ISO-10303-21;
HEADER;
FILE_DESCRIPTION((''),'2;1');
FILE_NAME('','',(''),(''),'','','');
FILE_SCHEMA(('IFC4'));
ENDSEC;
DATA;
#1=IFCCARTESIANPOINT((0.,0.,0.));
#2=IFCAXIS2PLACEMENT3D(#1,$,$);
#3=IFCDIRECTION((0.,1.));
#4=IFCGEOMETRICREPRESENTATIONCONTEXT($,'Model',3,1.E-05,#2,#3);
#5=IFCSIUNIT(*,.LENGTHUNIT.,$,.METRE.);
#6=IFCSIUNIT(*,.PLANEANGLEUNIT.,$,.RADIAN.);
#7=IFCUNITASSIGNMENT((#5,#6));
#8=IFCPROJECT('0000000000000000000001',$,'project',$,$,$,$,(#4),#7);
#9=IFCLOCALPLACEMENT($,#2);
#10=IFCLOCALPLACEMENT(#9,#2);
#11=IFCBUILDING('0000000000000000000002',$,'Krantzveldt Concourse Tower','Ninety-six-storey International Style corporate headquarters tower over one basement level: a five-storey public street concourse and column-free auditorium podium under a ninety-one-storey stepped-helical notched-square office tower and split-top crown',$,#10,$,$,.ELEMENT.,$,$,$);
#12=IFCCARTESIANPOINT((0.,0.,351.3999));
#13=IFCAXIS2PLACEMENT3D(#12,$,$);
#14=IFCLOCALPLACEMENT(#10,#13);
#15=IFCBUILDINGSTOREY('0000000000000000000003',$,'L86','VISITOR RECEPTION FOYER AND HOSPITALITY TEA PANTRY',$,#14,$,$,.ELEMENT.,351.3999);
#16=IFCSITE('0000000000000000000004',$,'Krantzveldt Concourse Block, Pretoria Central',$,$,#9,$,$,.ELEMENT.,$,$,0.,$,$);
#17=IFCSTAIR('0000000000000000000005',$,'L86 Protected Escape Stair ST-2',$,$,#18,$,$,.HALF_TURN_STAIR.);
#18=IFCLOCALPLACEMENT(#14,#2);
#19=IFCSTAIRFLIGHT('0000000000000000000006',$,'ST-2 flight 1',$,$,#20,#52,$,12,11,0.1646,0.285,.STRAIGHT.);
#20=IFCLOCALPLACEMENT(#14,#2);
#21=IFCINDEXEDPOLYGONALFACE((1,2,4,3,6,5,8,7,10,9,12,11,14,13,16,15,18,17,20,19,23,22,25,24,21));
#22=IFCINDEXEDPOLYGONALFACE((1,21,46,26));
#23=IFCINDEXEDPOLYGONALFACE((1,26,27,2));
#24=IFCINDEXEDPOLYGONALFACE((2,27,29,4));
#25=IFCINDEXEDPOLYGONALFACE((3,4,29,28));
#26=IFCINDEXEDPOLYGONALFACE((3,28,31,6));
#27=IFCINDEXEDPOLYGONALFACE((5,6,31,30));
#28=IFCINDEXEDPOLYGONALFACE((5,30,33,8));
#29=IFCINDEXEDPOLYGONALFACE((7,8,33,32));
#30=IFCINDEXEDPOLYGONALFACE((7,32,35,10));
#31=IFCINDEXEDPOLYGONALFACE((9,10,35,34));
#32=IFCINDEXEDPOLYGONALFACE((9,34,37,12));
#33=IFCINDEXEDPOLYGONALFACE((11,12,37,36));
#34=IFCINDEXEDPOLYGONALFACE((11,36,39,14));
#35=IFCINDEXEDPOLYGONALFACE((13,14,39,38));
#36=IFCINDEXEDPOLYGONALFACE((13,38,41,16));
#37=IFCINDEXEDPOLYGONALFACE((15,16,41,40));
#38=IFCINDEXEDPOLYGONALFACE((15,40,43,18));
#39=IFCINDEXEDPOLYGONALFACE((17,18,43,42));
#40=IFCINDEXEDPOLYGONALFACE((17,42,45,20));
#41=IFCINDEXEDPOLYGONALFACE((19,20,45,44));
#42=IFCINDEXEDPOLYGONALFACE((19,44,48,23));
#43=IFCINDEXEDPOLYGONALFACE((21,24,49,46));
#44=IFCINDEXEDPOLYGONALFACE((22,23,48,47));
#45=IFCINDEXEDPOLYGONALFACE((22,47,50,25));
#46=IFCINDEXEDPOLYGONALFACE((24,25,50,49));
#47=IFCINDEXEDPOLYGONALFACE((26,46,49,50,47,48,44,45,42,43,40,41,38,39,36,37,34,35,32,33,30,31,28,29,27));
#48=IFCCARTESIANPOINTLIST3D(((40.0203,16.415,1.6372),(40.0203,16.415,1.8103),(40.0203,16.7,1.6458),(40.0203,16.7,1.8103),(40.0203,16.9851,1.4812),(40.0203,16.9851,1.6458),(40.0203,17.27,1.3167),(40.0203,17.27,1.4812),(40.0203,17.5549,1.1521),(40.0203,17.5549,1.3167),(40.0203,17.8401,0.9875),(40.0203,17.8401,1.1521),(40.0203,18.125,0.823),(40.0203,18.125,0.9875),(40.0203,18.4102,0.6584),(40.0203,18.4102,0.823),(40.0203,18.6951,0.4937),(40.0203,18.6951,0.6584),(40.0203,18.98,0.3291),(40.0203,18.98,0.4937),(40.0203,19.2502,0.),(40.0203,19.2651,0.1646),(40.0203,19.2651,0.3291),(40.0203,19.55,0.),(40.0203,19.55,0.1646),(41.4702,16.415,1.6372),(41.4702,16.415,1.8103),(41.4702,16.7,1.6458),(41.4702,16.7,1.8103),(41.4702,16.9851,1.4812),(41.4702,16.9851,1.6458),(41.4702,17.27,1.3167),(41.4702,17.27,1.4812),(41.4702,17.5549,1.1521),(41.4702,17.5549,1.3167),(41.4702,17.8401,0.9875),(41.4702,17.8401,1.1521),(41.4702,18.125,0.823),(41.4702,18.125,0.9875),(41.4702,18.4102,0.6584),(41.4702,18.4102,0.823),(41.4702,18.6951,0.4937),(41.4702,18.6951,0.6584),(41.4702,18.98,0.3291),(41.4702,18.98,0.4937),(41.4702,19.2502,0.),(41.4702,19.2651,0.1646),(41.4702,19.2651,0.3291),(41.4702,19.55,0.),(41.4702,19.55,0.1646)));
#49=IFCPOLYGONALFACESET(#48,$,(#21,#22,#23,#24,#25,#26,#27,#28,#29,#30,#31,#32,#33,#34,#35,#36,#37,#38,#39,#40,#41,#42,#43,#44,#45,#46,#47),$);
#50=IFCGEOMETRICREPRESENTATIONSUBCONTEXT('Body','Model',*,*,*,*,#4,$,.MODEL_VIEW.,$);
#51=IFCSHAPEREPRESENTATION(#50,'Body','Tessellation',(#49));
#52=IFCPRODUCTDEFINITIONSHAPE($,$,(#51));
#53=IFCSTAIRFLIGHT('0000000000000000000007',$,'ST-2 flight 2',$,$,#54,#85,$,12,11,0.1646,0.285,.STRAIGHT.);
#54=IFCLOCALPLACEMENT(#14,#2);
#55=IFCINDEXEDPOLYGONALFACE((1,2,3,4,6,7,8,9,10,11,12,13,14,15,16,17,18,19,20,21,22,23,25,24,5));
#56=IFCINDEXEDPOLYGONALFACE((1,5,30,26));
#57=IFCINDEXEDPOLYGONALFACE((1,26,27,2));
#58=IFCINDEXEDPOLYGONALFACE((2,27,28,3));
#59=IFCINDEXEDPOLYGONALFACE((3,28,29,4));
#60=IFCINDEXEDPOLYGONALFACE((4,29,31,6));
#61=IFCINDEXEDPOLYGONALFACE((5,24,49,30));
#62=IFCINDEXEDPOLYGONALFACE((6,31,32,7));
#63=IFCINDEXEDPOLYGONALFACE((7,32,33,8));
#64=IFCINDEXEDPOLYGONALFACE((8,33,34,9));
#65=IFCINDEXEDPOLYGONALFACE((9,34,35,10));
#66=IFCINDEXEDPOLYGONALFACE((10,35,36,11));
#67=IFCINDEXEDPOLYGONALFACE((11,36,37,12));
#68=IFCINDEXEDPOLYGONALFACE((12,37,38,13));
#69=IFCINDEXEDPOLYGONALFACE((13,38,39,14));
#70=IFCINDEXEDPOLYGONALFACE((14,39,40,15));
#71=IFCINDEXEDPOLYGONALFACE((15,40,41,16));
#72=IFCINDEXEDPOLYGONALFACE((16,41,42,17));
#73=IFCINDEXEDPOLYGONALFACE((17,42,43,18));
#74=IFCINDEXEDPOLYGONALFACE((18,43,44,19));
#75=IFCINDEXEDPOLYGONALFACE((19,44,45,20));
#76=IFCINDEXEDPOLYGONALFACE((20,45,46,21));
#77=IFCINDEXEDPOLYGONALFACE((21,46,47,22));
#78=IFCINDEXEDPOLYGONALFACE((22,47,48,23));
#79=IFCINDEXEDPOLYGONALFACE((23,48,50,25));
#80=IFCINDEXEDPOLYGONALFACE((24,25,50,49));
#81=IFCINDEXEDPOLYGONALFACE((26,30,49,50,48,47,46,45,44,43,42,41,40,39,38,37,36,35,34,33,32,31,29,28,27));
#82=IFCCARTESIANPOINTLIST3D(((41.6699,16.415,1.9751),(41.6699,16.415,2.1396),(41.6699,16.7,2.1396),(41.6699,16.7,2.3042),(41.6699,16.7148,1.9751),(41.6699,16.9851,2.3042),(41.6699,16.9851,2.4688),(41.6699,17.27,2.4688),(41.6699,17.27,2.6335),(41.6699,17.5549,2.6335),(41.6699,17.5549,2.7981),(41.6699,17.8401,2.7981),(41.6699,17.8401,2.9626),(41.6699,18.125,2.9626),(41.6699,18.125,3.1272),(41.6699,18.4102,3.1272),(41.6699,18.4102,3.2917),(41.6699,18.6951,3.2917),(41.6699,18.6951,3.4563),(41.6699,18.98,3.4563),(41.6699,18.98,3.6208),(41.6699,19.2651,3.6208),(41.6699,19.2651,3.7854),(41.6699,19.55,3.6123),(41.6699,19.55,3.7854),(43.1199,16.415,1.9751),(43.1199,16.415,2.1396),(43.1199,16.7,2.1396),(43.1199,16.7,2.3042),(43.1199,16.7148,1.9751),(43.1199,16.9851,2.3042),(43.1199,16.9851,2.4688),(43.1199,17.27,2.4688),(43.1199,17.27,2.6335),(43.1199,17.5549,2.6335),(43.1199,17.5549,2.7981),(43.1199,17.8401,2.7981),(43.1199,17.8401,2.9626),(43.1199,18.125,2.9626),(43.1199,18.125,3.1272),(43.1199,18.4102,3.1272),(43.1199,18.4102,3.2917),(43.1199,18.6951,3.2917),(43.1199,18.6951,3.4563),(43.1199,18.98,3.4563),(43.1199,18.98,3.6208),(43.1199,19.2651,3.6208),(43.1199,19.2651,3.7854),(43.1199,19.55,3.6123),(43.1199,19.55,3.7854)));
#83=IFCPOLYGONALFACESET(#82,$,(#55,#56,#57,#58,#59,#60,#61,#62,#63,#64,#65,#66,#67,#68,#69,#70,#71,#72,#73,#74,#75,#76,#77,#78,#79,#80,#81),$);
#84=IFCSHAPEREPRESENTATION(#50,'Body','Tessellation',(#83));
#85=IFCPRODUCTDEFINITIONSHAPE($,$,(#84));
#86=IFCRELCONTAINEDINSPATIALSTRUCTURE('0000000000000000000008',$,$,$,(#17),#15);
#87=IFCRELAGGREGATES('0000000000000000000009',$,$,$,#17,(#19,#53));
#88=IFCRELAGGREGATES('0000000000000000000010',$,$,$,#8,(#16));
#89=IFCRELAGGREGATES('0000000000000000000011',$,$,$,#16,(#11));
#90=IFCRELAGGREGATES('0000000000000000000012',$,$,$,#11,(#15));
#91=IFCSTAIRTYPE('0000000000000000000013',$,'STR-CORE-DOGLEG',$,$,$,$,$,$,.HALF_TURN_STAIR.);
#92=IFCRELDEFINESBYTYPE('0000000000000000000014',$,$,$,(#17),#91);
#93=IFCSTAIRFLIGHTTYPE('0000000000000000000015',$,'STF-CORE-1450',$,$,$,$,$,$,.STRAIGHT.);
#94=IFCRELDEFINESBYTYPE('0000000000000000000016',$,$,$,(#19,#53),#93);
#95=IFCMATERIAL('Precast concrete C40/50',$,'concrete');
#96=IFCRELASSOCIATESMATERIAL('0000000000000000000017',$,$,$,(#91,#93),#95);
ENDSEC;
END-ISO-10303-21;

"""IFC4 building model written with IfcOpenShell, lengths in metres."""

from ifc_helpers import new_model, si_unit, direction, frame, origin, place, context, subcontext, project, spatial, polyline, outline, extrude, material, type_object, element, aggregate, save


model = new_model("IFC4")

# Units and contexts
model_context = context("Model", 3, precision=1e-05, world=origin(), true_north=direction((0.0, 1.0)))
body_context = subcontext(model_context, "Body", "Model", "MODEL_VIEW")
ifc_project = project(units=[si_unit("LENGTHUNIT", "METRE"), si_unit("PLANEANGLEUNIT", "RADIAN")], contexts=[model_context])

# Site, building, storey
site_placement = place(None, origin())
site = spatial("IfcSite", under=ifc_project, at=site_placement, Name="Krantzveldt Concourse Block, Pretoria Central", CompositionType="ELEMENT", RefElevation=0.0)
building_placement = place(site_placement, origin())
building = spatial("IfcBuilding", under=site, at=building_placement, Name="Krantzveldt Concourse Tower", Description="Ninety-six-storey International Style corporate headquarters tower over one basement level: a five-storey public street concourse and column-free auditorium podium under a ninety-one-storey stepped-helical notched-square office tower and split-top crown", CompositionType="ELEMENT")
storey_placement = place(building_placement, frame((0.0, 0.0, 351.3999)))
storey = spatial("IfcBuildingStorey", under=building, at=storey_placement, Name="L86", Description="VISITOR RECEPTION FOYER AND HOSPITALITY TEA PANTRY", CompositionType="ELEMENT", Elevation=351.3999)

# Stair, stair flights
ifc_material_1 = material(Name="Precast concrete C40/50", Category="concrete")
stair_type = type_object("IfcStairType", Name="STR-CORE-DOGLEG", PredefinedType="HALF_TURN_STAIR", material=ifc_material_1)
stair_placement = place(storey_placement, origin())
stair = element("IfcStair", 1, at=stair_placement, inside=storey, type_object=stair_type, Name="L86 Protected Escape Stair ST-2", PredefinedType="HALF_TURN_STAIR")
stair_flight_type = type_object("IfcStairFlightType", Name="STF-CORE-1450", PredefinedType="STRAIGHT", material=ifc_material_1)
stair_flight_1_placement = place(storey_placement, frame((40.7451, 19.55, 0.0), z_axis=(0.0, 0.0, 1.0), x_axis=(0.0, -1.0, 0.0)))
stair_flight_1 = element("IfcStairFlight", 2, at=stair_flight_1_placement, type_object=stair_flight_type, Name="ST-2 flight 1", NumberOfRisers=12, NumberOfTreads=11, PredefinedType="STRAIGHT", RiserHeight=0.1646, TreadLength=0.285, context=body_context, shape_type="SweptSolid", body=[
    extrude(outline(polyline([(0.0, 0.0), (0.0, 0.1646), (0.2849, 0.1646), (0.2849, 0.3291), (0.5701, 0.3291), (0.5701, 0.4937), (0.855, 0.4937), (0.855, 0.6584), (1.1399, 0.6584), (1.1399, 0.823), (1.425, 0.823), (1.425, 0.9875), (1.71, 0.9875), (1.71, 1.1521), (1.9951, 1.1521), (1.9951, 1.3167), (2.28, 1.3167), (2.28, 1.4812), (2.5649, 1.4812), (2.5649, 1.6458), (2.8501, 1.6458), (2.8501, 1.8103), (3.135, 1.8103), (3.135, 1.9751), (3.135, 1.6372), (0.2998, 0.0), (0.0, 0.0)])), frame((0.0, 0.7251, 0.0), z_axis=(0.0, -1.0, 0.0), x_axis=(1.0, 0.0, 0.0)), (0.0, 0.0, 1.0), 1.45),
])
stair_flight_2_placement = place(storey_placement, frame((42.395, 16.415, 1.9751), z_axis=(0.0, 0.0, 1.0), x_axis=(0.0, 1.0, 0.0)))
stair_flight_2 = element("IfcStairFlight", 3, at=stair_flight_2_placement, type_object=stair_flight_type, Name="ST-2 flight 2", NumberOfRisers=12, NumberOfTreads=11, PredefinedType="STRAIGHT", RiserHeight=0.1646, TreadLength=0.285, context=body_context, shape_type="SweptSolid", body=[
    extrude(outline(polyline([(0.0, 0.0), (0.0, 0.1646), (0.2849, 0.1646), (0.2849, 0.3291), (0.5701, 0.3291), (0.5701, 0.4937), (0.855, 0.4937), (0.855, 0.6584), (1.1399, 0.6584), (1.1399, 0.823), (1.425, 0.823), (1.425, 0.9875), (1.71, 0.9875), (1.71, 1.1521), (1.9951, 1.1521), (1.9951, 1.3167), (2.28, 1.3167), (2.28, 1.4812), (2.5649, 1.4812), (2.5649, 1.6458), (2.8501, 1.6458), (2.8501, 1.8103), (3.135, 1.8103), (3.135, 1.9751), (3.135, 1.6372), (0.2998, 0.0), (0.0, 0.0)])), frame((0.0, 0.7251, 0.0), z_axis=(0.0, -1.0, 0.0), x_axis=(1.0, 0.0, 0.0)), (0.0, 0.0, 1.0), 1.45),
])
aggregate(stair, [stair_flight_1, stair_flight_2])

save(model, "model.ifc")
